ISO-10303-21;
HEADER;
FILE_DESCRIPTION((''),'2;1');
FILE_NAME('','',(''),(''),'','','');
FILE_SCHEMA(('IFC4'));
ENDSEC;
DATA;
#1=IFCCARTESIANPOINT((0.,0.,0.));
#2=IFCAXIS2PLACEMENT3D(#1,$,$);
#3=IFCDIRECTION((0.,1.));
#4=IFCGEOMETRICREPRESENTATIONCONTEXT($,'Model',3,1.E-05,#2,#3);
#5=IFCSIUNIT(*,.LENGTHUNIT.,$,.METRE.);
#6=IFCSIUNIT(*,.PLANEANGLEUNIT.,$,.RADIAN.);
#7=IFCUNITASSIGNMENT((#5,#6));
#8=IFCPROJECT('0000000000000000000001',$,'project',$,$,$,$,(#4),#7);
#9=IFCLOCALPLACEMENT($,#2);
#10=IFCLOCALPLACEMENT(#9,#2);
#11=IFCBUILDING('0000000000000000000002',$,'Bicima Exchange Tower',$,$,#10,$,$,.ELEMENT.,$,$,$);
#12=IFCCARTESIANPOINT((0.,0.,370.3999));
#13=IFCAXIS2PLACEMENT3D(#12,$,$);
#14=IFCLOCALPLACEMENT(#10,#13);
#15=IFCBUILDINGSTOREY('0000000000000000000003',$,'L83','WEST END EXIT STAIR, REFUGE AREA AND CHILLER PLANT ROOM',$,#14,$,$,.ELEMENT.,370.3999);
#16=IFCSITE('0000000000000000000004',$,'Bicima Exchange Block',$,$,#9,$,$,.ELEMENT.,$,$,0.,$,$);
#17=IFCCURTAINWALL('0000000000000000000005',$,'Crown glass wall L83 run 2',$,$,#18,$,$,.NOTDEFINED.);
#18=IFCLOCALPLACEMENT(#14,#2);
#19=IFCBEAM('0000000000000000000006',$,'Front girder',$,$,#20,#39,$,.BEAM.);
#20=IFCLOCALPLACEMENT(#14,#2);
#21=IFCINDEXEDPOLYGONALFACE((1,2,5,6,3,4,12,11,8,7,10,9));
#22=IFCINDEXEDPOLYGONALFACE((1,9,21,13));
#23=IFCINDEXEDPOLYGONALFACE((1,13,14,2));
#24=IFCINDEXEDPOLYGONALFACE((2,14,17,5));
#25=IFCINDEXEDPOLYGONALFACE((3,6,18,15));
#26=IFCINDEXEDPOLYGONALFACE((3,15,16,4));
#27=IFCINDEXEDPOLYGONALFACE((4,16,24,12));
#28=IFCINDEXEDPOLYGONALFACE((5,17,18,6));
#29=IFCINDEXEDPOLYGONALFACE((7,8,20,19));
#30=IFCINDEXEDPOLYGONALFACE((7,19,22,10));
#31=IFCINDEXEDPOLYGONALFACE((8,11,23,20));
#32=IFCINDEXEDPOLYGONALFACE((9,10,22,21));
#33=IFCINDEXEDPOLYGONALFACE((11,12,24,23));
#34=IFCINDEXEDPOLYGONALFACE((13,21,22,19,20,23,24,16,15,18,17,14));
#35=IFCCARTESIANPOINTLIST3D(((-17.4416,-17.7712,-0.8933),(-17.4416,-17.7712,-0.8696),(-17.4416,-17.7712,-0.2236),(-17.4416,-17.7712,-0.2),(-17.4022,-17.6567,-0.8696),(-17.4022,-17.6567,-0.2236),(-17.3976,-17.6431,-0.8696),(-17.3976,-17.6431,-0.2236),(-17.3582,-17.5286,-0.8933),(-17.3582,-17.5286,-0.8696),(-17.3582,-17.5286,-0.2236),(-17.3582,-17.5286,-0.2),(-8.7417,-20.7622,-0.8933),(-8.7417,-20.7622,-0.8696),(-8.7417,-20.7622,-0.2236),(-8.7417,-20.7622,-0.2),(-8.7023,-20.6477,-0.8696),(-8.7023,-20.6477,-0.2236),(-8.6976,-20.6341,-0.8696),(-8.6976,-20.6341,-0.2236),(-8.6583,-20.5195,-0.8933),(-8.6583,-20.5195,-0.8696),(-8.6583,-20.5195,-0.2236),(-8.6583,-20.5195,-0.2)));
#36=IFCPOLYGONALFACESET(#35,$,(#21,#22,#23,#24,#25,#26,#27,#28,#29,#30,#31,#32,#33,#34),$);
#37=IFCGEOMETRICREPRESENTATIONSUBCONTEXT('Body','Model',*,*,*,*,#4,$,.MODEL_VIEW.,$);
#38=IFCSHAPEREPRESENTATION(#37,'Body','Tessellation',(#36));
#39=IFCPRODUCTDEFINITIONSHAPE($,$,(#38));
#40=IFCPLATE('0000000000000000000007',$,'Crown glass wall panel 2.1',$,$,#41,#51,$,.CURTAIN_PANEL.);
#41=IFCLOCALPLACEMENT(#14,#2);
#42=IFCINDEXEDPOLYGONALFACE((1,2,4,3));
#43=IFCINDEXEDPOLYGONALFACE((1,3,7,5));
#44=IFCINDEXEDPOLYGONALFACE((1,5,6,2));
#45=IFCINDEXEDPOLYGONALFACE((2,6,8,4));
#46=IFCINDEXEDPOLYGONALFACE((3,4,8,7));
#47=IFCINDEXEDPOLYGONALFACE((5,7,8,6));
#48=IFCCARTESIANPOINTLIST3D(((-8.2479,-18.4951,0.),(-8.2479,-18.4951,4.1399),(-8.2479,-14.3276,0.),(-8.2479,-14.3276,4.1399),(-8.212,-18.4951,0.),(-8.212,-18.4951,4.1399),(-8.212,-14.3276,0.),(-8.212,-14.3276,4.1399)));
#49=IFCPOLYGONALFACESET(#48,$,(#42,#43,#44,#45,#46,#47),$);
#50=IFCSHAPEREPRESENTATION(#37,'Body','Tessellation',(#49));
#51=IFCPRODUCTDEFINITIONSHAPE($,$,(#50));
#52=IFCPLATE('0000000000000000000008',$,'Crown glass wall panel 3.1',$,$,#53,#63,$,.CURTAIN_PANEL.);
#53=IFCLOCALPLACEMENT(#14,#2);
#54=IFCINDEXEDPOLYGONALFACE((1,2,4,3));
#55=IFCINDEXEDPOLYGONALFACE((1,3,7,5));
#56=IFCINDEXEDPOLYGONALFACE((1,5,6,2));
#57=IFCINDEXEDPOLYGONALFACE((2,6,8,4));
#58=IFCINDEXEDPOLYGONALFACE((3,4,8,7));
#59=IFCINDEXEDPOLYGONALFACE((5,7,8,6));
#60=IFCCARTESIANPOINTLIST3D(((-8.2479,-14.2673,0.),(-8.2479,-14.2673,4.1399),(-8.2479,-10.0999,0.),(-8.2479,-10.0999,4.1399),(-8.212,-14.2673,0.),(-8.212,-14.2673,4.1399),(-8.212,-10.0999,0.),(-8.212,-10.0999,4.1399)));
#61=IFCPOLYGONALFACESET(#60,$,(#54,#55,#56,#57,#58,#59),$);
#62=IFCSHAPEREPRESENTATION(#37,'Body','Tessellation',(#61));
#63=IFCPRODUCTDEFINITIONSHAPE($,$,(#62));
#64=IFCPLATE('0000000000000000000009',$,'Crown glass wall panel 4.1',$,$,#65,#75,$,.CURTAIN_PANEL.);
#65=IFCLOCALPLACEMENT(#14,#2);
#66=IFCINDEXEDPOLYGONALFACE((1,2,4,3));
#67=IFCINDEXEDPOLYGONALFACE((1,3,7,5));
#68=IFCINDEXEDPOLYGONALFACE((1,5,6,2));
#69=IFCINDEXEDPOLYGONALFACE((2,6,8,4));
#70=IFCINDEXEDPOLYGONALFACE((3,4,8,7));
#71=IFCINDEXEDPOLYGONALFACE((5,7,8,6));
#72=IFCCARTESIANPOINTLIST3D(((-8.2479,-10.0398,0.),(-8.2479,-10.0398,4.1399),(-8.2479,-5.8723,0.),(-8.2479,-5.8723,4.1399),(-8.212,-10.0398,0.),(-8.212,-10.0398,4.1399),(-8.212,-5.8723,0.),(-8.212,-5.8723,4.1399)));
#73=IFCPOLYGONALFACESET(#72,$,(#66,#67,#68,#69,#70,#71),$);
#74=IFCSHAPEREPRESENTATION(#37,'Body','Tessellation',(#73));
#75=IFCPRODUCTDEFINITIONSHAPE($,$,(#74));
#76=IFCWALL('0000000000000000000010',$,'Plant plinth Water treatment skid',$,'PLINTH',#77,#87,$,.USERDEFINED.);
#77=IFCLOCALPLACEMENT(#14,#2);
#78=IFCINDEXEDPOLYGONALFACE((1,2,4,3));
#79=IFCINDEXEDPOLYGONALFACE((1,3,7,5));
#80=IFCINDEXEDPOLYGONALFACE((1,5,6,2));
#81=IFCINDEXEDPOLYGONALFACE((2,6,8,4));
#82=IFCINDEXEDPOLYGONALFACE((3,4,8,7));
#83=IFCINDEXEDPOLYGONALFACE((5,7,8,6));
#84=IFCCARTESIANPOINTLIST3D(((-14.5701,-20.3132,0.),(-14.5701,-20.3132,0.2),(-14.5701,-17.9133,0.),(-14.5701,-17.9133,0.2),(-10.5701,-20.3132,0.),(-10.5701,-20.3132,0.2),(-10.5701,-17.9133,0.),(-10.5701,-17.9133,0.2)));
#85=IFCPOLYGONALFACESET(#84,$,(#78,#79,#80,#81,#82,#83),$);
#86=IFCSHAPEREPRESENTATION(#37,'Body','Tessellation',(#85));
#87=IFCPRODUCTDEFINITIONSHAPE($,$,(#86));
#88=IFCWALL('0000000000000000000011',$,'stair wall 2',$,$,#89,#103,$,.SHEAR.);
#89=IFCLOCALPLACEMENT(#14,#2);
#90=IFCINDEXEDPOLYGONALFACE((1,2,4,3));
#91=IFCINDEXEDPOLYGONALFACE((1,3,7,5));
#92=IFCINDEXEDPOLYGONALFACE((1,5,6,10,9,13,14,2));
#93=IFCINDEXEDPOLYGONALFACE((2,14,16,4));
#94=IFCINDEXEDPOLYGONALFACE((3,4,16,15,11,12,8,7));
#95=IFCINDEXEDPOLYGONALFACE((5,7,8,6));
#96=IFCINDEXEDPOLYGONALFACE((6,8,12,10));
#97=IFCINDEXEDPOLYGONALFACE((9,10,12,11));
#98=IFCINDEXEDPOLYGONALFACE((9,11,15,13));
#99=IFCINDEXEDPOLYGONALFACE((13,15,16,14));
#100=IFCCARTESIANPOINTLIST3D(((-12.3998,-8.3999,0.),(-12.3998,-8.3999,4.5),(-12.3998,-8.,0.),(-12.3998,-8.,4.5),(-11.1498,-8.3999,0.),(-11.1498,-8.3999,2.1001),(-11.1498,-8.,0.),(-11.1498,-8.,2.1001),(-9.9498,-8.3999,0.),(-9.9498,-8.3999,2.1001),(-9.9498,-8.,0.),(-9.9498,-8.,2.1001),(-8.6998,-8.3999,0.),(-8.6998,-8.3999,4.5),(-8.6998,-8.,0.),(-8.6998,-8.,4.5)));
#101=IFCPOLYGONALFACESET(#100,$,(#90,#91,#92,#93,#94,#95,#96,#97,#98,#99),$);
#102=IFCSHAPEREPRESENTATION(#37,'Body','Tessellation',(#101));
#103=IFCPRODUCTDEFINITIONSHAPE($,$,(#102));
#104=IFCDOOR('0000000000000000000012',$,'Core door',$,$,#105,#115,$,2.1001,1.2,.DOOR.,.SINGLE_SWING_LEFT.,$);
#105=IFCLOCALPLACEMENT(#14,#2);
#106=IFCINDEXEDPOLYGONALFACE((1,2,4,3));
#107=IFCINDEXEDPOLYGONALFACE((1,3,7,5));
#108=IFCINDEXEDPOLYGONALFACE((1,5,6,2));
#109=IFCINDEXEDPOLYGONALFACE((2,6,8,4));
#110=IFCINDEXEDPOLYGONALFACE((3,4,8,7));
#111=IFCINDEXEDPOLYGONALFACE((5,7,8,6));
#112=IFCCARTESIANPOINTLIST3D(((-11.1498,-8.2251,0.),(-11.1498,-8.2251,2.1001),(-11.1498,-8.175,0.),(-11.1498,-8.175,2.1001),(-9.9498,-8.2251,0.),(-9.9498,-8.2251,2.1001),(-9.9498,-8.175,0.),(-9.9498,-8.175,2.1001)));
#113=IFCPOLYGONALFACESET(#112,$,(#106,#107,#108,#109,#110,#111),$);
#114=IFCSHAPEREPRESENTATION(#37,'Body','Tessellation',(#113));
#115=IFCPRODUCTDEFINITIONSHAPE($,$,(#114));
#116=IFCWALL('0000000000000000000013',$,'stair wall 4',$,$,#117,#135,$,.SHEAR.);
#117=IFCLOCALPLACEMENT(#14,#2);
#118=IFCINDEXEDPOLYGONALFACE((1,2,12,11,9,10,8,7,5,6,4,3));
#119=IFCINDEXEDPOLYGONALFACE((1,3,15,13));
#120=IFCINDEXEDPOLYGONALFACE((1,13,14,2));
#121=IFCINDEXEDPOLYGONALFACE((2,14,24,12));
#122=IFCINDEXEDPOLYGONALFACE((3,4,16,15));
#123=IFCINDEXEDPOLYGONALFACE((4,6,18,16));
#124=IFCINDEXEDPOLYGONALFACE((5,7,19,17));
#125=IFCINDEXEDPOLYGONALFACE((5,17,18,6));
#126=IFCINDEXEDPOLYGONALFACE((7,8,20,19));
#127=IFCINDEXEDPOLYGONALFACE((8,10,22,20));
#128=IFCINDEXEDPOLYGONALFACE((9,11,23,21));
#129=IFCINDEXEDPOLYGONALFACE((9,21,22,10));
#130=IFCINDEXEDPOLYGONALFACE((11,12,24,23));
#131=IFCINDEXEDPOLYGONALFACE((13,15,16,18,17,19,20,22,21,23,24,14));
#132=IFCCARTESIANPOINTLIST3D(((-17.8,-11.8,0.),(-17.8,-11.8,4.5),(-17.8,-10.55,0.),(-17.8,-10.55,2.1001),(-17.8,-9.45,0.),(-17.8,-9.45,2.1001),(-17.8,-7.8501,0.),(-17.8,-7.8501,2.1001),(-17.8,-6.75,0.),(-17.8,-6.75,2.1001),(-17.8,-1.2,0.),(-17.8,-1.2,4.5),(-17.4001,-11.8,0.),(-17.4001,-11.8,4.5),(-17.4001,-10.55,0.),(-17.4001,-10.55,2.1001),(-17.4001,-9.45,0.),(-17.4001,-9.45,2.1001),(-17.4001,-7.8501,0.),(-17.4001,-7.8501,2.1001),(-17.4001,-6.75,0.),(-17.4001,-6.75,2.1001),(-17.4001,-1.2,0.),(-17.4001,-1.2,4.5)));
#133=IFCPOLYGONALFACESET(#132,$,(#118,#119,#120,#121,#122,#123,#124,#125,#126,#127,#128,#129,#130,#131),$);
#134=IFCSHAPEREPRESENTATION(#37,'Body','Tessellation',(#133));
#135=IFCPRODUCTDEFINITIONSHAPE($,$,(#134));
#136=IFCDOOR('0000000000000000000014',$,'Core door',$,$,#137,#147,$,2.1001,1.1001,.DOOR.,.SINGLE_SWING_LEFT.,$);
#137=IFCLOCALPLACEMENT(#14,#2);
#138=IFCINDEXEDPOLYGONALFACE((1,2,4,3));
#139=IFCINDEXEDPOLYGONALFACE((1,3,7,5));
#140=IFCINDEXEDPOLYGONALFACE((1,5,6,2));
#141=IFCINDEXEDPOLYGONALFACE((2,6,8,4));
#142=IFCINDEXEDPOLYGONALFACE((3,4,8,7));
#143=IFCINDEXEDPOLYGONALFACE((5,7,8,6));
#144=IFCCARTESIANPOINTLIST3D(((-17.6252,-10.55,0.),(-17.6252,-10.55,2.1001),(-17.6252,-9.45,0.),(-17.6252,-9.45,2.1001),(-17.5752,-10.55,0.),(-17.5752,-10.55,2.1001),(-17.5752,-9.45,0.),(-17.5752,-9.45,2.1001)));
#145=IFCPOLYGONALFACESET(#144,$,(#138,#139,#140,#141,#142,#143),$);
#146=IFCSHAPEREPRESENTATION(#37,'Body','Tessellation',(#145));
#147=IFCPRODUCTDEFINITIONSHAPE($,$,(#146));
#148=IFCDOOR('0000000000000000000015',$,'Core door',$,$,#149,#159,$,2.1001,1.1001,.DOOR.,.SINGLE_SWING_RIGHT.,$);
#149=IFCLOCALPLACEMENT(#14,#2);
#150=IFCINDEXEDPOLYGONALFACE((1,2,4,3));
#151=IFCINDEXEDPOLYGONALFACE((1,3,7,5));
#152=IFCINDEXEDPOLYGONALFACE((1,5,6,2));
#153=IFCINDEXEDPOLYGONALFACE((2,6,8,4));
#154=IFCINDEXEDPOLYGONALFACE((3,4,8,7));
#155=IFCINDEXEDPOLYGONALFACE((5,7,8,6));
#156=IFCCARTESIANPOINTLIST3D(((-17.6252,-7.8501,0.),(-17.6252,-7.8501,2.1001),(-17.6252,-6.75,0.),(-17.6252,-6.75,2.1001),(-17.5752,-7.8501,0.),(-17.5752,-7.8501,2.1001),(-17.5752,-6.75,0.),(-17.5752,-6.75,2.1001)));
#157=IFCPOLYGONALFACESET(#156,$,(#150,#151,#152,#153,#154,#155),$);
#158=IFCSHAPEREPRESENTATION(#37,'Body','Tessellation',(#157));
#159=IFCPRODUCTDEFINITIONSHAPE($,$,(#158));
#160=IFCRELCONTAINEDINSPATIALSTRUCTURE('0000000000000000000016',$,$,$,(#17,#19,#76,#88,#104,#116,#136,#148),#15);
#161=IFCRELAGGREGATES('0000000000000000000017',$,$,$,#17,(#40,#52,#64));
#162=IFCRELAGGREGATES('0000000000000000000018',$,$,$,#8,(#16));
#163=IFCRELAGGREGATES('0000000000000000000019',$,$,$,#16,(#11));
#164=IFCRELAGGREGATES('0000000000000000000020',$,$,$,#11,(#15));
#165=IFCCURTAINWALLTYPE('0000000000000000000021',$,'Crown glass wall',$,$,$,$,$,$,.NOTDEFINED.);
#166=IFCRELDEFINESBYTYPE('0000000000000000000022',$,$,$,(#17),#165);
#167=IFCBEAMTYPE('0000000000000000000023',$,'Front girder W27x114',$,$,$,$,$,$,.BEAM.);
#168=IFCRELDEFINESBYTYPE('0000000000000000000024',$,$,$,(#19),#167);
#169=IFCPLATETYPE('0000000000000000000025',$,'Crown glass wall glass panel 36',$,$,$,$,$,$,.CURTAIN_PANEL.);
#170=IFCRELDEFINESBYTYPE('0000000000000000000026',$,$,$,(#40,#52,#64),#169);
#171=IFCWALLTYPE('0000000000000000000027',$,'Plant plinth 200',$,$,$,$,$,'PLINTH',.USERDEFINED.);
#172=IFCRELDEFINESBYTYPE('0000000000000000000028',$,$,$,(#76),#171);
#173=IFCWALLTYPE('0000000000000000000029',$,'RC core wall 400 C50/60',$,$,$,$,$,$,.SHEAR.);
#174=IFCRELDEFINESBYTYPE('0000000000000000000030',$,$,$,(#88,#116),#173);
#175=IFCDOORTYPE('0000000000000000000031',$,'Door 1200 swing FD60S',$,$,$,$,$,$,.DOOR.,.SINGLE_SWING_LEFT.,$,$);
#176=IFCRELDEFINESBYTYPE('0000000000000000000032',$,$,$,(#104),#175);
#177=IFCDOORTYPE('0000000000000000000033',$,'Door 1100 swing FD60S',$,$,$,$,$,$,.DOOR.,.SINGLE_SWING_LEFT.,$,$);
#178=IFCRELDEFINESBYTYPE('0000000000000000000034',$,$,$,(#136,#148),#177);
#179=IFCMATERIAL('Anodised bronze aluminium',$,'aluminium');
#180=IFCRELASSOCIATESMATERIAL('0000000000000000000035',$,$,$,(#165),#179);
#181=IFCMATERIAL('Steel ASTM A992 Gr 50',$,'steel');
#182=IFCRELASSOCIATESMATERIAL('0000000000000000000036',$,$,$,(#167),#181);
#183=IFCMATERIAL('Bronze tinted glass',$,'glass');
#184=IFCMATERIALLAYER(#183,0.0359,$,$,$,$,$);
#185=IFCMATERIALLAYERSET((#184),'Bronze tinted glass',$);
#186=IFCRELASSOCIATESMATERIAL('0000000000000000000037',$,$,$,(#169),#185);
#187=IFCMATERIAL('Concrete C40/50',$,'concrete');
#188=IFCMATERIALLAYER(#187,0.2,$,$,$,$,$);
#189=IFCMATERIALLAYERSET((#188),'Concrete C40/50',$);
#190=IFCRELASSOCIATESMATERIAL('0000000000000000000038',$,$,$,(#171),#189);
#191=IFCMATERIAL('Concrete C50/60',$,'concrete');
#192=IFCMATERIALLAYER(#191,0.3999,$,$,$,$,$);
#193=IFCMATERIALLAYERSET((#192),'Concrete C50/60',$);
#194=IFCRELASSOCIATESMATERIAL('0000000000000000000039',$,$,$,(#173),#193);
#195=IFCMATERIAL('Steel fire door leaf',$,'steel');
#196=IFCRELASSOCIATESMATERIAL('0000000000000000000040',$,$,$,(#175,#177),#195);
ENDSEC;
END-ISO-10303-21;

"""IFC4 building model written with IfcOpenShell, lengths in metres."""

from ifc_helpers import new_model, si_unit, direction, frame, frame_2d, origin, origin_2d, place, context, subcontext, project, spatial, rectangle, i_section, extrude, material, layer, layer_set, material_profile, profile_set, type_object, element, fill, aggregate, save


model = new_model("IFC4")

# Units and contexts
model_context = context("Model", 3, precision=1e-05, world=origin(), true_north=direction((0.0, 1.0)))
body_context = subcontext(model_context, "Body", "Model", "MODEL_VIEW")
ifc_project = project(units=[si_unit("LENGTHUNIT", "METRE"), si_unit("PLANEANGLEUNIT", "RADIAN")], contexts=[model_context])

# Site, building, storey
site_placement = place(None, origin())
site = spatial("IfcSite", under=ifc_project, at=site_placement, Name="Bicima Exchange Block", CompositionType="ELEMENT", RefElevation=0.0)
building_placement = place(site_placement, origin())
building = spatial("IfcBuilding", under=site, at=building_placement, Name="Bicima Exchange Tower", CompositionType="ELEMENT")
storey_placement = place(building_placement, frame((0.0, 0.0, 370.3999)))
storey = spatial("IfcBuildingStorey", under=building, at=storey_placement, Name="L83", Description="WEST END EXIT STAIR, REFUGE AREA AND CHILLER PLANT ROOM", CompositionType="ELEMENT", Elevation=370.3999)

# Shared definitions
ifc_material_1 = material(Name="Steel ASTM A992 Gr 50", Category="steel")

# Curtain wall
ifc_material_2 = material(Name="Anodised bronze aluminium", Category="aluminium")
curtain_wall_type = type_object("IfcCurtainWallType", Name="Crown glass wall", PredefinedType="NOTDEFINED", material=ifc_material_2)
curtain_wall_placement = place(storey_placement, origin())
curtain_wall = element("IfcCurtainWall", 1, at=curtain_wall_placement, inside=storey, type_object=curtain_wall_type, Name="Crown glass wall L83 run 2", PredefinedType="NOTDEFINED")

# Beam
ifc_material_profile_1 = material_profile(ifc_material_1, i_section(OverallWidth=0.2566, OverallDepth=0.6934, WebThickness=0.0144, FlangeThickness=0.0237, at=origin_2d()))
ifc_profile_set_1 = profile_set([ifc_material_profile_1], Name="Steel ASTM A992 Gr 50")
beam_type_1 = type_object("IfcBeamType", Name="Front girder W27x114", PredefinedType="BEAM", material=ifc_profile_set_1)
beam_1_placement = place(storey_placement, frame((-17.3999, -17.6499, -0.5466), z_axis=(0.945675, -0.325115, 0.0), x_axis=(0.325115, 0.945675, 0.0)))
element("IfcBeam", 2, at=beam_1_placement, inside=storey, type_object=beam_type_1, Name="Front girder", PredefinedType="BEAM", context=body_context, shape_type="SweptSolid", body=[
    extrude(i_section(OverallWidth=0.2566, OverallDepth=0.6934, WebThickness=0.0144, FlangeThickness=0.0237, at=origin_2d()), origin(), (0.0, 0.0, 1.0), 9.1997),
])

# Plates
ifc_material_3 = material(Name="Bronze tinted glass", Category="glass")
ifc_layer_1 = layer(ifc_material_3, 0.0359)
ifc_layer_set_1 = layer_set([ifc_layer_1], Name="Bronze tinted glass")
plate_type = type_object("IfcPlateType", Name="Crown glass wall glass panel 36", PredefinedType="CURTAIN_PANEL", material=ifc_layer_set_1)
plate_1_placement = place(storey_placement, frame((-8.23, -16.4114, 0.0), z_axis=(0.0, 0.0, 1.0), x_axis=(0.0, 1.0, 0.0)))
plate_1 = element("IfcPlate", 3, at=plate_1_placement, type_object=plate_type, Name="Crown glass wall panel 2.1", PredefinedType="CURTAIN_PANEL", context=body_context, shape_type="SweptSolid", body=[
    extrude(rectangle(XDim=4.1675, YDim=0.0359, at=origin_2d()), origin(), (0.0, 0.0, 1.0), 4.1399),
])
plate_2_placement = place(storey_placement, frame((-8.23, -12.1836, 0.0), z_axis=(0.0, 0.0, 1.0), x_axis=(0.0, 1.0, 0.0)))
plate_2 = element("IfcPlate", 4, at=plate_2_placement, type_object=plate_type, Name="Crown glass wall panel 3.1", PredefinedType="CURTAIN_PANEL", context=body_context, shape_type="SweptSolid", body=[
    extrude(rectangle(XDim=4.1675, YDim=0.0359, at=origin_2d()), origin(), (0.0, 0.0, 1.0), 4.1399),
])
plate_3_placement = place(storey_placement, frame((-8.23, -7.9561, 0.0), z_axis=(0.0, 0.0, 1.0), x_axis=(0.0, 1.0, 0.0)))
plate_3 = element("IfcPlate", 5, at=plate_3_placement, type_object=plate_type, Name="Crown glass wall panel 4.1", PredefinedType="CURTAIN_PANEL", context=body_context, shape_type="SweptSolid", body=[
    extrude(rectangle(XDim=4.1675, YDim=0.0359, at=origin_2d()), origin(), (0.0, 0.0, 1.0), 4.1399),
])
aggregate(curtain_wall, [plate_1, plate_2, plate_3])

# Wall
ifc_material_4 = material(Name="Concrete C40/50", Category="concrete")
ifc_layer_2 = layer(ifc_material_4, 0.2)
ifc_layer_set_2 = layer_set([ifc_layer_2], Name="Concrete C40/50")
wall_type_1 = type_object("IfcWallType", Name="Plant plinth 200", ElementType="PLINTH", PredefinedType="USERDEFINED", material=ifc_layer_set_2)
wall_1_placement = place(storey_placement, frame((-12.5701, -19.1133, 0.0), z_axis=(0.0, 0.0, 1.0), x_axis=(1.0, 0.0, 0.0)))
element("IfcWall", 6, at=wall_1_placement, inside=storey, type_object=wall_type_1, Name="Plant plinth Water treatment skid", ObjectType="PLINTH", PredefinedType="USERDEFINED", context=body_context, shape_type="SweptSolid", body=[
    extrude(rectangle(XDim=4.0, YDim=2.3999, at=origin_2d()), origin(), (0.0, 0.0, 1.0), 0.2),
])

# Wall, opening, door
ifc_material_5 = material(Name="Concrete C50/60", Category="concrete")
ifc_layer_3 = layer(ifc_material_5, 0.3999)
ifc_layer_set_3 = layer_set([ifc_layer_3], Name="Concrete C50/60")
wall_type_2 = type_object("IfcWallType", Name="RC core wall 400 C50/60", PredefinedType="SHEAR", material=ifc_layer_set_3)
wall_2_placement = place(storey_placement, frame((-12.3999, -8.2, 0.0), z_axis=(0.0, 0.0, 1.0), x_axis=(1.0, 0.0, 0.0)))
wall_2 = element("IfcWall", 7, at=wall_2_placement, inside=storey, type_object=wall_type_2, Name="stair wall 2", PredefinedType="SHEAR", context=body_context, shape_type="SweptSolid", body=[
    extrude(rectangle(XDim=3.7, YDim=0.3999, at=frame_2d((1.8501, 0.0))), origin(), (0.0, 0.0, 1.0), 4.5),
])
opening_1_placement = place(wall_2_placement, frame((1.25, 0.0, 0.0)))
opening_1 = element("IfcOpeningElement", 8, at=opening_1_placement, cuts=wall_2, PredefinedType="OPENING", context=body_context, shape_type="SweptSolid", body=[
    extrude(rectangle(XDim=1.2, YDim=2.1001, at=frame_2d((0.6001, 1.05))), frame((0.0, 0.2119, 0.0), z_axis=(0.0, -1.0, 0.0), x_axis=(1.0, 0.0, 0.0)), (0.0, 0.0, 1.0), 0.4238),
])
ifc_material_6 = material(Name="Steel fire door leaf", Category="steel")
door_type_1 = type_object("IfcDoorType", Name="Door 1200 swing FD60S", OperationType="SINGLE_SWING_LEFT", PredefinedType="DOOR", material=ifc_material_6)
door_1_placement = place(opening_1_placement, origin())
door_1 = element("IfcDoor", 9, at=door_1_placement, inside=storey, type_object=door_type_1, Name="Core door", OperationType="SINGLE_SWING_LEFT", OverallHeight=2.1001, OverallWidth=1.2, PredefinedType="DOOR", context=body_context, shape_type="SweptSolid", body=[
    extrude(rectangle(XDim=1.2, YDim=2.1001, at=frame_2d((0.6001, 1.05))), frame((0.0, 0.0249, 0.0), z_axis=(0.0, -1.0, 0.0), x_axis=(1.0, 0.0, 0.0)), (0.0, 0.0, 1.0), 0.05),
])
fill(opening_1, door_1)

# Wall, openings, doors
wall_3_placement = place(storey_placement, frame((-17.6001, -11.8, 0.0), z_axis=(0.0, 0.0, 1.0), x_axis=(0.0, 1.0, 0.0)))
wall_3 = element("IfcWall", 10, at=wall_3_placement, inside=storey, type_object=wall_type_2, Name="stair wall 4", PredefinedType="SHEAR", context=body_context, shape_type="SweptSolid", body=[
    extrude(rectangle(XDim=10.6001, YDim=0.3999, at=frame_2d((5.3, 0.0))), origin(), (0.0, 0.0, 1.0), 4.5),
])
opening_2_placement = place(wall_3_placement, frame((1.25, 0.0, 0.0)))
opening_2 = element("IfcOpeningElement", 11, at=opening_2_placement, cuts=wall_3, PredefinedType="OPENING", context=body_context, shape_type="SweptSolid", body=[
    extrude(rectangle(XDim=1.1001, YDim=2.1001, at=frame_2d((0.55, 1.05))), frame((0.0, 0.2119, 0.0), z_axis=(0.0, -1.0, 0.0), x_axis=(1.0, 0.0, 0.0)), (0.0, 0.0, 1.0), 0.4238),
])
opening_3_placement = place(wall_3_placement, frame((3.95, 0.0, 0.0)))
opening_3 = element("IfcOpeningElement", 12, at=opening_3_placement, cuts=wall_3, PredefinedType="OPENING", context=body_context, shape_type="SweptSolid", body=[
    extrude(rectangle(XDim=1.1001, YDim=2.1001, at=frame_2d((0.55, 1.05))), frame((0.0, 0.2119, 0.0), z_axis=(0.0, -1.0, 0.0), x_axis=(1.0, 0.0, 0.0)), (0.0, 0.0, 1.0), 0.4238),
])
door_type_2 = type_object("IfcDoorType", Name="Door 1100 swing FD60S", OperationType="SINGLE_SWING_LEFT", PredefinedType="DOOR", material=ifc_material_6)
door_2_placement = place(opening_2_placement, frame((1.1001, 0.0, 0.0), z_axis=(0.0, 0.0, 1.0), x_axis=(-1.0, 0.0, 0.0)))
door_2 = element("IfcDoor", 13, at=door_2_placement, inside=storey, type_object=door_type_2, Name="Core door", OperationType="SINGLE_SWING_LEFT", OverallHeight=2.1001, OverallWidth=1.1001, PredefinedType="DOOR", context=body_context, shape_type="SweptSolid", body=[
    extrude(rectangle(XDim=1.1001, YDim=2.1001, at=frame_2d((0.55, 1.05))), frame((0.0, 0.0249, 0.0), z_axis=(0.0, -1.0, 0.0), x_axis=(1.0, 0.0, 0.0)), (0.0, 0.0, 1.0), 0.05),
])
fill(opening_2, door_2)
door_3_placement = place(opening_3_placement, frame((1.1001, 0.0, 0.0), z_axis=(0.0, 0.0, 1.0), x_axis=(-1.0, 0.0, 0.0)))
door_3 = element("IfcDoor", 14, at=door_3_placement, inside=storey, type_object=door_type_2, Name="Core door", OperationType="SINGLE_SWING_RIGHT", OverallHeight=2.1001, OverallWidth=1.1001, PredefinedType="DOOR", context=body_context, shape_type="SweptSolid", body=[
    extrude(rectangle(XDim=1.1001, YDim=2.1001, at=frame_2d((0.55, 1.05))), frame((0.0, 0.0249, 0.0), z_axis=(0.0, -1.0, 0.0), x_axis=(1.0, 0.0, 0.0)), (0.0, 0.0, 1.0), 0.05),
])
fill(opening_3, door_3)

save(model, "model.ifc")
